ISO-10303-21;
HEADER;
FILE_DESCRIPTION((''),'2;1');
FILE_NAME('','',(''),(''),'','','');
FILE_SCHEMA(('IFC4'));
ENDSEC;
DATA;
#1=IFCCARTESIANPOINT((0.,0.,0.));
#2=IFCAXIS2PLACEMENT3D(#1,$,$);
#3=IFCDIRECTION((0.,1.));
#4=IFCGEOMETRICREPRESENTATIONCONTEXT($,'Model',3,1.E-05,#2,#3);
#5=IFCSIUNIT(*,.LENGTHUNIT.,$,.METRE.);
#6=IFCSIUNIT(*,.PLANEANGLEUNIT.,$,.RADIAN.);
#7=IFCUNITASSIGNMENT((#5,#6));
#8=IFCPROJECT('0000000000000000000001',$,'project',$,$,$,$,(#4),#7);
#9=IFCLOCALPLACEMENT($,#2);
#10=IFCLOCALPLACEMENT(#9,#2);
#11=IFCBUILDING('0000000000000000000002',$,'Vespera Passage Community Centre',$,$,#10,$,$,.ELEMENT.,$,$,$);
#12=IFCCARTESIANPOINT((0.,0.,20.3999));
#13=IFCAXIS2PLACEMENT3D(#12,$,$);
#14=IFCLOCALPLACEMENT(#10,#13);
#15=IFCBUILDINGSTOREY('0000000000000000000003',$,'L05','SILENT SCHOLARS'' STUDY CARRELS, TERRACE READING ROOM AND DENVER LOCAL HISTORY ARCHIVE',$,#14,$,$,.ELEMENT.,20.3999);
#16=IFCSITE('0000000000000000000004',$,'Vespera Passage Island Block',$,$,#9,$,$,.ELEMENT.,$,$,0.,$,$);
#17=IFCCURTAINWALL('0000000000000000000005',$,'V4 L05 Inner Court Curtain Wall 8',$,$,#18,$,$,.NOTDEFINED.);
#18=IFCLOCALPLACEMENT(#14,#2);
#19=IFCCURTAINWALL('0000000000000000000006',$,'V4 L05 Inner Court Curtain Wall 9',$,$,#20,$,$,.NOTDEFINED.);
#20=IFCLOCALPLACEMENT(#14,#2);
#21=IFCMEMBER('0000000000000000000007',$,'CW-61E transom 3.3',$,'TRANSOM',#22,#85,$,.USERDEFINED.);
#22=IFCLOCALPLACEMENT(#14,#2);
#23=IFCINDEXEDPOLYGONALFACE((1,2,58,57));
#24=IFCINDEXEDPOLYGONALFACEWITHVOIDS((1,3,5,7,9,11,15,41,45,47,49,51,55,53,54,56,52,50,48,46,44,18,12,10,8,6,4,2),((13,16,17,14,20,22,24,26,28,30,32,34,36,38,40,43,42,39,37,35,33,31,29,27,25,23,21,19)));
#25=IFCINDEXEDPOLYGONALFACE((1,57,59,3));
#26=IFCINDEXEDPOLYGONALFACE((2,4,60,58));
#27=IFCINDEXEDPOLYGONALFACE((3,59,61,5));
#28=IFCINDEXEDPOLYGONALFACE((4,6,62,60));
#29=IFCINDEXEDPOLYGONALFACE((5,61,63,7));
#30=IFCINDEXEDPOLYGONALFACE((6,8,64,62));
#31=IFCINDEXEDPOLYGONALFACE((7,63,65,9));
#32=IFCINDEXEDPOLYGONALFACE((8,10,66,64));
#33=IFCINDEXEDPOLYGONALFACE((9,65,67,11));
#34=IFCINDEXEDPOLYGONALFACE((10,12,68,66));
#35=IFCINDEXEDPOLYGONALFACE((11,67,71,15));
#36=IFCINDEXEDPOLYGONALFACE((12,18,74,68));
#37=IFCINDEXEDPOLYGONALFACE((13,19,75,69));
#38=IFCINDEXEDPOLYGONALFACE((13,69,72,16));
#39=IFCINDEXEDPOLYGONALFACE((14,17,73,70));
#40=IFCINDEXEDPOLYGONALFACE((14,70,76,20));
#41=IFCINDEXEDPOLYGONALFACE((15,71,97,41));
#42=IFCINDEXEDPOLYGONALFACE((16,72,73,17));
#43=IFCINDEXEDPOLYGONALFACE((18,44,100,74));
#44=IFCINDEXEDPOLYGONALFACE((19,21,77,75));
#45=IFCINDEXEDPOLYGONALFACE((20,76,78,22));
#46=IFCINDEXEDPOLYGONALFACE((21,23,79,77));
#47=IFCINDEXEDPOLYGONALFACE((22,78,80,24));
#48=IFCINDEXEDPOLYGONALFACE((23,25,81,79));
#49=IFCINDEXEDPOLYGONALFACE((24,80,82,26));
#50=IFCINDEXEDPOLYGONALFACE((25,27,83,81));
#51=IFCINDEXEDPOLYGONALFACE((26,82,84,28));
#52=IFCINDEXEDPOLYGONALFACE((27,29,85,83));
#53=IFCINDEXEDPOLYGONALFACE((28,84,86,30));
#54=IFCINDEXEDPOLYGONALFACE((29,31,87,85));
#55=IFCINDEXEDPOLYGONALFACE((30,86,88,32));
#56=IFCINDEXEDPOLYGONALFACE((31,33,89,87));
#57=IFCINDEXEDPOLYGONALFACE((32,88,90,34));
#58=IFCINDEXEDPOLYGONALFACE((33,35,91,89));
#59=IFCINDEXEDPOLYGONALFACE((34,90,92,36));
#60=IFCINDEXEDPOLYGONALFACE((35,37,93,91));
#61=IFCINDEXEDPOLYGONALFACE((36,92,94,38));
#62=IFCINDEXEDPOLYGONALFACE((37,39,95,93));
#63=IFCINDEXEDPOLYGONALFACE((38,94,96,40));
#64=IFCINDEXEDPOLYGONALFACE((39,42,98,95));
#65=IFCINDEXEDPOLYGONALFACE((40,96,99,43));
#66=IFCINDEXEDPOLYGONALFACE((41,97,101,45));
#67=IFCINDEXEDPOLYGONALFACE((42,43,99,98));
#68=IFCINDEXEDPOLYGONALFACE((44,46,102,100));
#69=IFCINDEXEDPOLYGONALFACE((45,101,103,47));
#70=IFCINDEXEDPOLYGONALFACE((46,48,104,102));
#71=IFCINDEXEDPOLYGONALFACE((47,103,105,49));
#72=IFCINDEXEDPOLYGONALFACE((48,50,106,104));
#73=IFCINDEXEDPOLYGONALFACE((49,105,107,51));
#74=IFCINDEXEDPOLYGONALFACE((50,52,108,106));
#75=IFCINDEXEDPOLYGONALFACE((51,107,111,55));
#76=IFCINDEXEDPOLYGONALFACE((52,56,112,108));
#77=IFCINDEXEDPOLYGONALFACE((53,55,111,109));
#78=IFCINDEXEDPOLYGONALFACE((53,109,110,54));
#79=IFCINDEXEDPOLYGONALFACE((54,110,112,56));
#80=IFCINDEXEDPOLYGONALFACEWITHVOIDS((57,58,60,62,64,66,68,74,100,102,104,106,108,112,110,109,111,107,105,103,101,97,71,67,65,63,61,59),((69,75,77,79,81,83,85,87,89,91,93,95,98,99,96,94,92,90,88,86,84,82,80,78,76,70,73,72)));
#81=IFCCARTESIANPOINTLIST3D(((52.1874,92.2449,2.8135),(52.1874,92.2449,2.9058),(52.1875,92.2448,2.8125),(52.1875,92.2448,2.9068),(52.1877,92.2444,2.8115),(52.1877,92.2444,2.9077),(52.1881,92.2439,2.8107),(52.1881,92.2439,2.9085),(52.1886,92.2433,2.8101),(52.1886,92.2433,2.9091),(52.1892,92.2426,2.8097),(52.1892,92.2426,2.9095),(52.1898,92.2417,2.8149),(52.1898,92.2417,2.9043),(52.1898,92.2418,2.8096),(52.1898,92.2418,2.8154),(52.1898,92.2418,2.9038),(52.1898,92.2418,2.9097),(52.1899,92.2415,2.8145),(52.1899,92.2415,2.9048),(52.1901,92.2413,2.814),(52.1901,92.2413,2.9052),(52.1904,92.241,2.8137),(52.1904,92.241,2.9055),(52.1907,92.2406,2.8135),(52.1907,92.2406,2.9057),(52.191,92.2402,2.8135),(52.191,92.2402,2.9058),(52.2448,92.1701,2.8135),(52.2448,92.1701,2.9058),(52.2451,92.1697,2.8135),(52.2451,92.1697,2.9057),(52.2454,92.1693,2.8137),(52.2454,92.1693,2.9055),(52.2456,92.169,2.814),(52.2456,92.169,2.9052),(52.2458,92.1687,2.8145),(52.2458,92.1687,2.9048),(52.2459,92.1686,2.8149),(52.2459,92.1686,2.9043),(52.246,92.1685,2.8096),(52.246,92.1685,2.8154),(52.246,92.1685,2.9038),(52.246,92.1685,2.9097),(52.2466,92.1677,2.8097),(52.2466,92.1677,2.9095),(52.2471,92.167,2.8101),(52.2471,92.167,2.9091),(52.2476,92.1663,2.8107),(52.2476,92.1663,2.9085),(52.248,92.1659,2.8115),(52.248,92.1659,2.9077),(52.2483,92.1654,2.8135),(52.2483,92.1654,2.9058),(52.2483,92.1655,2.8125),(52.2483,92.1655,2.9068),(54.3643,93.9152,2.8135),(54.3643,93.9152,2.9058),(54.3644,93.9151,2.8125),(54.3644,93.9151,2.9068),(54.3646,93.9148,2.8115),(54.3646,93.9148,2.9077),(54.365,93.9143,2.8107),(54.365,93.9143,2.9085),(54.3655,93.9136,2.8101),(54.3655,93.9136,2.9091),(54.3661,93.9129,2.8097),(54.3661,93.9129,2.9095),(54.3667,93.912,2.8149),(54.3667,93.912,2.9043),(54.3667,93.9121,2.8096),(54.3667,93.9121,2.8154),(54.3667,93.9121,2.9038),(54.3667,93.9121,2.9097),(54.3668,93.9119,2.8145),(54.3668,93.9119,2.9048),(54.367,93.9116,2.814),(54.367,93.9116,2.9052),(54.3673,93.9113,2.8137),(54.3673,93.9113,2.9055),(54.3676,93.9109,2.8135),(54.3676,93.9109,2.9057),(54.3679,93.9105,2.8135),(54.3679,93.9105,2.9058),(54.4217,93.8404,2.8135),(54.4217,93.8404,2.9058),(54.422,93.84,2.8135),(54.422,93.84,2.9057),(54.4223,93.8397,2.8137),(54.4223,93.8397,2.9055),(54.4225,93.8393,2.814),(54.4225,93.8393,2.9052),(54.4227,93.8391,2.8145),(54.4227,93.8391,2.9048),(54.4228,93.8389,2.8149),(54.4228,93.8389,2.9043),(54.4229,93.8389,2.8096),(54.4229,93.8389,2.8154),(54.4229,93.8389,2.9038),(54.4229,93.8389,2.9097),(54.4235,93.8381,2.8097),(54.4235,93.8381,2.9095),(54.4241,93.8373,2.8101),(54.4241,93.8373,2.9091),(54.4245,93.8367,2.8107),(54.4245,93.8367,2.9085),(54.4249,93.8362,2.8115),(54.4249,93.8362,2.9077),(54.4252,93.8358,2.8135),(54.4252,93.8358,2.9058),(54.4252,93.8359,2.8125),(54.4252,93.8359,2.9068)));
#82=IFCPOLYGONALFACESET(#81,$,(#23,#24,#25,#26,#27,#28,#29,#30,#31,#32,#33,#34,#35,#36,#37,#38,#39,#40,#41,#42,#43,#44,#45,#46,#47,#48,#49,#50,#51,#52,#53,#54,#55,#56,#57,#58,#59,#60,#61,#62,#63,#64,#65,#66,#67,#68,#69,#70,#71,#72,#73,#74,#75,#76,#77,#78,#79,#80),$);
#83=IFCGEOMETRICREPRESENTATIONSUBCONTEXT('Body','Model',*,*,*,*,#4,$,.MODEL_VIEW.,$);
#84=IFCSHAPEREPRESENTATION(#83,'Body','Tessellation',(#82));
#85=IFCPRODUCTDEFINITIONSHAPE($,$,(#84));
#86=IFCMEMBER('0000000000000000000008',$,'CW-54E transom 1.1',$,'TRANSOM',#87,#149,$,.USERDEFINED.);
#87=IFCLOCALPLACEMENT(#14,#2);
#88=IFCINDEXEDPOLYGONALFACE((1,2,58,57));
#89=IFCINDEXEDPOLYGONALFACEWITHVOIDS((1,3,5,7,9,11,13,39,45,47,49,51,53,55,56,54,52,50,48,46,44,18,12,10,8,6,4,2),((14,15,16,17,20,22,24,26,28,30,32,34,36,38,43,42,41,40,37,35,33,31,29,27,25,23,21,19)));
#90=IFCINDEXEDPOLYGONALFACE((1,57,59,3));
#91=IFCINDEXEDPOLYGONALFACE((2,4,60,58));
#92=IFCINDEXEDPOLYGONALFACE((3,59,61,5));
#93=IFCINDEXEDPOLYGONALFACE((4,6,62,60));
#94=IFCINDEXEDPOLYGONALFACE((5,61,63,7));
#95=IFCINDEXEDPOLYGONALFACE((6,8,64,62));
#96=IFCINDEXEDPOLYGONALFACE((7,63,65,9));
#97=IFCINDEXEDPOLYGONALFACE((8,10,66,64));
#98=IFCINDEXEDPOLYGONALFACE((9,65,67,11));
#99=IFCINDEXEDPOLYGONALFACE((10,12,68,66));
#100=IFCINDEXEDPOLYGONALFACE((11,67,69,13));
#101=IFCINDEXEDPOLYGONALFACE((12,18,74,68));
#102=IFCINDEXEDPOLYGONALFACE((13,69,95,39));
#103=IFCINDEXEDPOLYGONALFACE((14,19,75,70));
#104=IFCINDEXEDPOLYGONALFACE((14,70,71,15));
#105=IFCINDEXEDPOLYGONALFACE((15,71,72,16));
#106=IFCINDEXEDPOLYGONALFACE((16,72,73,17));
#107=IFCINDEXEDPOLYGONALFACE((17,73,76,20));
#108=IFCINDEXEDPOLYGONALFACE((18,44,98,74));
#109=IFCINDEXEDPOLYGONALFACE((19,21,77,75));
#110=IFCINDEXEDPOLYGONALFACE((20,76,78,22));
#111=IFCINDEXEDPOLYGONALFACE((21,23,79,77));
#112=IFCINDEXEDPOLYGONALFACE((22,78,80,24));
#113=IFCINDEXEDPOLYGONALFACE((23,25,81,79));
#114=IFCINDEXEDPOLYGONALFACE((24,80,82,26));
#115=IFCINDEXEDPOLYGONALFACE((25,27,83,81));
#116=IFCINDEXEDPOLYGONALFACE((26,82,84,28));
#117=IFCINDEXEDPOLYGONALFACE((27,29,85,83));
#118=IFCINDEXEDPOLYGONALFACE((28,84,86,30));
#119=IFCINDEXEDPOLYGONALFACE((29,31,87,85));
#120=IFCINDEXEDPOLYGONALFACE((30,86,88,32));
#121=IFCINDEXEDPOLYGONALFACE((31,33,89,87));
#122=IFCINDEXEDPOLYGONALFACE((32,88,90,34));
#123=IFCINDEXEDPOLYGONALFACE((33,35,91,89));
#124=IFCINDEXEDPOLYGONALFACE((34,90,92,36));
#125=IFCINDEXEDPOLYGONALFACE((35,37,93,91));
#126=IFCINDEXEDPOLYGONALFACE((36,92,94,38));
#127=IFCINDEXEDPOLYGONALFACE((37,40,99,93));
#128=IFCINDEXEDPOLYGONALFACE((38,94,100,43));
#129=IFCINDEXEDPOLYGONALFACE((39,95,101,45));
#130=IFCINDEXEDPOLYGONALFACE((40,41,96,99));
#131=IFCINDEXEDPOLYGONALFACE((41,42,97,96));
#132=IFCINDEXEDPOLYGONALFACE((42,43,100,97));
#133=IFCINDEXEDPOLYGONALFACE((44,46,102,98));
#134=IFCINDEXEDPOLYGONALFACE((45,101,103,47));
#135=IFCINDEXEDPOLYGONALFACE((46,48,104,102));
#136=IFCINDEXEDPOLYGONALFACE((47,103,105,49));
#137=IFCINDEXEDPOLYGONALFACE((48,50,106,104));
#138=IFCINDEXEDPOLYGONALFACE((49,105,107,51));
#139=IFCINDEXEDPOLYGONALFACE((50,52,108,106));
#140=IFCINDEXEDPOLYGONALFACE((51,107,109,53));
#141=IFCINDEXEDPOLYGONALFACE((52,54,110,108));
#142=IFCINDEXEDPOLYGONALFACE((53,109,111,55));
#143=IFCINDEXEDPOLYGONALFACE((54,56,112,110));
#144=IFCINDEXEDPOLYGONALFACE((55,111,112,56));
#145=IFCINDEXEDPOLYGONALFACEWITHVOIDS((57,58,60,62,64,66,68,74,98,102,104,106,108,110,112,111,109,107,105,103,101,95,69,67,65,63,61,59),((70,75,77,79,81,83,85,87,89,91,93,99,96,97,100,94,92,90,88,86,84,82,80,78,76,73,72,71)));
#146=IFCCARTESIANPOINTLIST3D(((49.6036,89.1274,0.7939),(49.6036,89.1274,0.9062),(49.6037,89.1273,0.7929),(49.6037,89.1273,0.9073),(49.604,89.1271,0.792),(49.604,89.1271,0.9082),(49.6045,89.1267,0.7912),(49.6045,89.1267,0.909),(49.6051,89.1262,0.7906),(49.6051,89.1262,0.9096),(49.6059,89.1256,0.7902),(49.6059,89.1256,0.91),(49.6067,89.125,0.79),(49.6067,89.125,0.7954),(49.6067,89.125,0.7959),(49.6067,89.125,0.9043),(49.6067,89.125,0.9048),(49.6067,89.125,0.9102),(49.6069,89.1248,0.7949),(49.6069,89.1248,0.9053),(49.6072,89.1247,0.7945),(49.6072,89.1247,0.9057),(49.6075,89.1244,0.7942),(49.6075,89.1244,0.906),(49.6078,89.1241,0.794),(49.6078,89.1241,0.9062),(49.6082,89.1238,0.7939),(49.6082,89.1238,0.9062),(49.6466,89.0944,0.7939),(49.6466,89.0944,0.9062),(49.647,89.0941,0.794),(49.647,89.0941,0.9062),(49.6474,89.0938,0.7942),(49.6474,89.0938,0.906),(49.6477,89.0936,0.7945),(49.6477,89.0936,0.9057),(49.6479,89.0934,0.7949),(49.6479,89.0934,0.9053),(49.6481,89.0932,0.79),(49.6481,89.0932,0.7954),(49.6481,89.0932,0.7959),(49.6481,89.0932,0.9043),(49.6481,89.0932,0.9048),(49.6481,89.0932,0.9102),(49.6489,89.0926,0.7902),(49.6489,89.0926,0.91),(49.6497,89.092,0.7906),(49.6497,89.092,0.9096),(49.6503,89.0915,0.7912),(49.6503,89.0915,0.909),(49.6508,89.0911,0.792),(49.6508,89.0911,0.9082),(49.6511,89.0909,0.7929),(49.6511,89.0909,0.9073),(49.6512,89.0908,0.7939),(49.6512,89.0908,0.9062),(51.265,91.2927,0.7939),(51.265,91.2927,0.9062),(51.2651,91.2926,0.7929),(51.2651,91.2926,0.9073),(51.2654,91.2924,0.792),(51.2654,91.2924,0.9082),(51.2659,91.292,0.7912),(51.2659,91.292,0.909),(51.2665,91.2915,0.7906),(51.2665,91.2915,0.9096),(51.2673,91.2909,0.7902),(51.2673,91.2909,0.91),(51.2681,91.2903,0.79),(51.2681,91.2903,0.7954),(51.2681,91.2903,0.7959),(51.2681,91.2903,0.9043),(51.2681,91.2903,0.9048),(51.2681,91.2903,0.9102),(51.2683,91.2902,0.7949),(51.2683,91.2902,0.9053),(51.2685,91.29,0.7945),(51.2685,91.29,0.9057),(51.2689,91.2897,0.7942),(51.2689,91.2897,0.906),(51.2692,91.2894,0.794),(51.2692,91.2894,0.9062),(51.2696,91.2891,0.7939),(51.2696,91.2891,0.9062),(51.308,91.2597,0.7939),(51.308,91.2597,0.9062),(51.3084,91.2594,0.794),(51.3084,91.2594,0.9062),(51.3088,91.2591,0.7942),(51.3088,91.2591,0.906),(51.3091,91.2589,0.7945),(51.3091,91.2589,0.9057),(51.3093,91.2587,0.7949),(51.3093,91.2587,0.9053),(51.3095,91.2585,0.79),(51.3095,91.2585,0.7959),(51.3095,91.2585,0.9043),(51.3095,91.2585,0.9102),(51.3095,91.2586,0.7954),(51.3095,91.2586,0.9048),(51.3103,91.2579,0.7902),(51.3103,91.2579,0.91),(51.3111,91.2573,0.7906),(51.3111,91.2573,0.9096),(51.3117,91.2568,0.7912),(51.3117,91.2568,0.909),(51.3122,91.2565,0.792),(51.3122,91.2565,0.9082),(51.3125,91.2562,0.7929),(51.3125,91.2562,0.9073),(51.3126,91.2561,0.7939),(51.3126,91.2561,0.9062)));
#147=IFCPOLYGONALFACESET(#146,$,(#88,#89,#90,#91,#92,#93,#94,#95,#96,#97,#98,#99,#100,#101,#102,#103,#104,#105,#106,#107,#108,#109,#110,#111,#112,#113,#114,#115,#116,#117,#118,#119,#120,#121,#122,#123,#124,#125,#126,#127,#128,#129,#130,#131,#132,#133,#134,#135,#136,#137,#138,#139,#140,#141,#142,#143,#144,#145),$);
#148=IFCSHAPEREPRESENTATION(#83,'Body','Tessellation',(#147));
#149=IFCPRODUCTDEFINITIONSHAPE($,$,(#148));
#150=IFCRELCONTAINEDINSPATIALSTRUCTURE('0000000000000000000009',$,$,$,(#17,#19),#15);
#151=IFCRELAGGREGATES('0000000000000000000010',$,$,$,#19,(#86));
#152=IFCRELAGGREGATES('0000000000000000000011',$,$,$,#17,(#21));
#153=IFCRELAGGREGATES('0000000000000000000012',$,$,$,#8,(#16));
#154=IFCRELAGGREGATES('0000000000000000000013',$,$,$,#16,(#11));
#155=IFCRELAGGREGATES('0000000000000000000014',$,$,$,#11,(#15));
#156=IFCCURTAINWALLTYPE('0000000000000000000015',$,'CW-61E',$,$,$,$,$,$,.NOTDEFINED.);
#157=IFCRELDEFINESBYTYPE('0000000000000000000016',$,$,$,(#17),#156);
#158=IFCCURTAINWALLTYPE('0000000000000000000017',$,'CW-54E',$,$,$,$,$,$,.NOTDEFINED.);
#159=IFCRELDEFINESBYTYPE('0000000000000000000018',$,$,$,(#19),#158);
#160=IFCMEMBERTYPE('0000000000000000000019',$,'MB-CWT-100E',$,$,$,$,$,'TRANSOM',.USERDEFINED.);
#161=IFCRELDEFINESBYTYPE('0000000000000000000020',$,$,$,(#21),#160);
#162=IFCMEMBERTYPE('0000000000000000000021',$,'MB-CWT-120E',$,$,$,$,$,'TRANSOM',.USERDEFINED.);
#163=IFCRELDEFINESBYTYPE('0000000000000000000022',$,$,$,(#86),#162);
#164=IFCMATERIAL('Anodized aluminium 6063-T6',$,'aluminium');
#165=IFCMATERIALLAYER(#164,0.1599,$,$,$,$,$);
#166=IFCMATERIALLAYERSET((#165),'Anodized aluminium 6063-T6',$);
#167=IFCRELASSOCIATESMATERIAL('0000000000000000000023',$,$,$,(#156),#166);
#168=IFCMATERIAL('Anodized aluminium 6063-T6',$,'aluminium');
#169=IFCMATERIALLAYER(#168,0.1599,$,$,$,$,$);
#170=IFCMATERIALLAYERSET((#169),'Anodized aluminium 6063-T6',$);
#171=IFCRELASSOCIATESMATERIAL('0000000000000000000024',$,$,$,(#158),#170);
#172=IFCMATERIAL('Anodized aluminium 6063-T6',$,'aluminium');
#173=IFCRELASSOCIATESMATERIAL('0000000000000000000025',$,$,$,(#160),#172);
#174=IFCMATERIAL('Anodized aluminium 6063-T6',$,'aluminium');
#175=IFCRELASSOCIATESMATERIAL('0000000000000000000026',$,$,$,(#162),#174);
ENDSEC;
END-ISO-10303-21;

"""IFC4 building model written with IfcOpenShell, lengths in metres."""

from ifc_helpers import new_model, si_unit, direction, frame, origin, origin_2d, place, context, subcontext, project, spatial, hollow_rectangle, extrude, material, layer, layer_set, material_profile, profile_set, type_object, element, aggregate, save


model = new_model("IFC4")

# Units and contexts
model_context = context("Model", 3, precision=1e-05, world=origin(), true_north=direction((0.0, 1.0)))
body_context = subcontext(model_context, "Body", "Model", "MODEL_VIEW")
ifc_project = project(units=[si_unit("LENGTHUNIT", "METRE"), si_unit("PLANEANGLEUNIT", "RADIAN")], contexts=[model_context])

# Site, building, storey
site_placement = place(None, origin())
site = spatial("IfcSite", under=ifc_project, at=site_placement, Name="Vespera Passage Island Block", CompositionType="ELEMENT", RefElevation=0.0)
building_placement = place(site_placement, origin())
building = spatial("IfcBuilding", under=site, at=building_placement, Name="Vespera Passage Community Centre", CompositionType="ELEMENT")
storey_placement = place(building_placement, frame((0.0, 0.0, 20.3999)))
storey = spatial("IfcBuildingStorey", under=building, at=storey_placement, Name="L05", Description="SILENT SCHOLARS' STUDY CARRELS, TERRACE READING ROOM AND DENVER LOCAL HISTORY ARCHIVE", CompositionType="ELEMENT", Elevation=20.3999)

# Curtain wall
ifc_material_1 = material(Name="Anodized aluminium 6063-T6", Category="aluminium")
ifc_layer_1 = layer(ifc_material_1, 0.1599)
ifc_layer_set_1 = layer_set([ifc_layer_1], Name="Anodized aluminium 6063-T6")
curtain_wall_type_1 = type_object("IfcCurtainWallType", Name="CW-61E", PredefinedType="NOTDEFINED", material=ifc_layer_set_1)
curtain_wall_1_placement = place(storey_placement, origin())
curtain_wall_1 = element("IfcCurtainWall", 1, at=curtain_wall_1_placement, inside=storey, type_object=curtain_wall_type_1, Name="V4 L05 Inner Court Curtain Wall 8", PredefinedType="NOTDEFINED")

# Curtain wall
ifc_material_2 = material(Name="Anodized aluminium 6063-T6", Category="aluminium")
ifc_layer_2 = layer(ifc_material_2, 0.1599)
ifc_layer_set_2 = layer_set([ifc_layer_2], Name="Anodized aluminium 6063-T6")
curtain_wall_type_2 = type_object("IfcCurtainWallType", Name="CW-54E", PredefinedType="NOTDEFINED", material=ifc_layer_set_2)
curtain_wall_2_placement = place(storey_placement, origin())
curtain_wall_2 = element("IfcCurtainWall", 2, at=curtain_wall_2_placement, inside=storey, type_object=curtain_wall_type_2, Name="V4 L05 Inner Court Curtain Wall 9", PredefinedType="NOTDEFINED")

# Members
ifc_material_3 = material(Name="Anodized aluminium 6063-T6", Category="aluminium")
ifc_material_profile_1 = material_profile(ifc_material_3, hollow_rectangle(XDim=0.1001, YDim=0.1001, WallThickness=0.0039, InnerFilletRadius=0.002, OuterFilletRadius=0.0039, at=origin_2d()), Name="ALU100X100X4")
ifc_profile_set_1 = profile_set([ifc_material_profile_1], Name="Anodized aluminium 6063-T6")
member_type_1 = type_object("IfcMemberType", Name="MB-CWT-100E", ElementType="TRANSOM", PredefinedType="USERDEFINED", material=ifc_profile_set_1)
member_1_placement = place(storey_placement, frame((54.3948, 93.8755, 2.8596), z_axis=(-0.793364, -0.608747, 0.0), x_axis=(0.608747, -0.793364, 0.0)))
member_1 = element("IfcMember", 3, at=member_1_placement, type_object=member_type_1, Name="CW-61E transom 3.3", ObjectType="TRANSOM", PredefinedType="USERDEFINED", context=body_context, shape_type="SweptSolid", body=[
    extrude(hollow_rectangle(XDim=0.1001, YDim=0.1001, WallThickness=0.0039, InnerFilletRadius=0.002, OuterFilletRadius=0.0039, at=origin_2d()), origin(), (0.0, 0.0, 1.0), 2.7439),
])
ifc_material_4 = material(Name="Anodized aluminium 6063-T6", Category="aluminium")
ifc_material_profile_2 = material_profile(ifc_material_4, hollow_rectangle(XDim=0.0601, YDim=0.1201, WallThickness=0.0039, InnerFilletRadius=0.002, OuterFilletRadius=0.0039, at=origin_2d()), Name="ALU120X60X4")
ifc_profile_set_2 = profile_set([ifc_material_profile_2], Name="Anodized aluminium 6063-T6")
member_type_2 = type_object("IfcMemberType", Name="MB-CWT-120E", ElementType="TRANSOM", PredefinedType="USERDEFINED", material=ifc_profile_set_2)
member_2_placement = place(storey_placement, frame((51.2888, 91.2744, 0.8501), z_axis=(-0.608738, -0.793372, 0.0), x_axis=(0.793372, -0.608738, 0.0)))
member_2 = element("IfcMember", 4, at=member_2_placement, type_object=member_type_2, Name="CW-54E transom 1.1", ObjectType="TRANSOM", PredefinedType="USERDEFINED", context=body_context, shape_type="SweptSolid", body=[
    extrude(hollow_rectangle(XDim=0.0601, YDim=0.1201, WallThickness=0.0039, InnerFilletRadius=0.002, OuterFilletRadius=0.0039, at=origin_2d()), origin(), (0.0, 0.0, 1.0), 2.7292),
])

aggregate(curtain_wall_2, [member_2])
aggregate(curtain_wall_1, [member_1])

save(model, "model.ifc")
